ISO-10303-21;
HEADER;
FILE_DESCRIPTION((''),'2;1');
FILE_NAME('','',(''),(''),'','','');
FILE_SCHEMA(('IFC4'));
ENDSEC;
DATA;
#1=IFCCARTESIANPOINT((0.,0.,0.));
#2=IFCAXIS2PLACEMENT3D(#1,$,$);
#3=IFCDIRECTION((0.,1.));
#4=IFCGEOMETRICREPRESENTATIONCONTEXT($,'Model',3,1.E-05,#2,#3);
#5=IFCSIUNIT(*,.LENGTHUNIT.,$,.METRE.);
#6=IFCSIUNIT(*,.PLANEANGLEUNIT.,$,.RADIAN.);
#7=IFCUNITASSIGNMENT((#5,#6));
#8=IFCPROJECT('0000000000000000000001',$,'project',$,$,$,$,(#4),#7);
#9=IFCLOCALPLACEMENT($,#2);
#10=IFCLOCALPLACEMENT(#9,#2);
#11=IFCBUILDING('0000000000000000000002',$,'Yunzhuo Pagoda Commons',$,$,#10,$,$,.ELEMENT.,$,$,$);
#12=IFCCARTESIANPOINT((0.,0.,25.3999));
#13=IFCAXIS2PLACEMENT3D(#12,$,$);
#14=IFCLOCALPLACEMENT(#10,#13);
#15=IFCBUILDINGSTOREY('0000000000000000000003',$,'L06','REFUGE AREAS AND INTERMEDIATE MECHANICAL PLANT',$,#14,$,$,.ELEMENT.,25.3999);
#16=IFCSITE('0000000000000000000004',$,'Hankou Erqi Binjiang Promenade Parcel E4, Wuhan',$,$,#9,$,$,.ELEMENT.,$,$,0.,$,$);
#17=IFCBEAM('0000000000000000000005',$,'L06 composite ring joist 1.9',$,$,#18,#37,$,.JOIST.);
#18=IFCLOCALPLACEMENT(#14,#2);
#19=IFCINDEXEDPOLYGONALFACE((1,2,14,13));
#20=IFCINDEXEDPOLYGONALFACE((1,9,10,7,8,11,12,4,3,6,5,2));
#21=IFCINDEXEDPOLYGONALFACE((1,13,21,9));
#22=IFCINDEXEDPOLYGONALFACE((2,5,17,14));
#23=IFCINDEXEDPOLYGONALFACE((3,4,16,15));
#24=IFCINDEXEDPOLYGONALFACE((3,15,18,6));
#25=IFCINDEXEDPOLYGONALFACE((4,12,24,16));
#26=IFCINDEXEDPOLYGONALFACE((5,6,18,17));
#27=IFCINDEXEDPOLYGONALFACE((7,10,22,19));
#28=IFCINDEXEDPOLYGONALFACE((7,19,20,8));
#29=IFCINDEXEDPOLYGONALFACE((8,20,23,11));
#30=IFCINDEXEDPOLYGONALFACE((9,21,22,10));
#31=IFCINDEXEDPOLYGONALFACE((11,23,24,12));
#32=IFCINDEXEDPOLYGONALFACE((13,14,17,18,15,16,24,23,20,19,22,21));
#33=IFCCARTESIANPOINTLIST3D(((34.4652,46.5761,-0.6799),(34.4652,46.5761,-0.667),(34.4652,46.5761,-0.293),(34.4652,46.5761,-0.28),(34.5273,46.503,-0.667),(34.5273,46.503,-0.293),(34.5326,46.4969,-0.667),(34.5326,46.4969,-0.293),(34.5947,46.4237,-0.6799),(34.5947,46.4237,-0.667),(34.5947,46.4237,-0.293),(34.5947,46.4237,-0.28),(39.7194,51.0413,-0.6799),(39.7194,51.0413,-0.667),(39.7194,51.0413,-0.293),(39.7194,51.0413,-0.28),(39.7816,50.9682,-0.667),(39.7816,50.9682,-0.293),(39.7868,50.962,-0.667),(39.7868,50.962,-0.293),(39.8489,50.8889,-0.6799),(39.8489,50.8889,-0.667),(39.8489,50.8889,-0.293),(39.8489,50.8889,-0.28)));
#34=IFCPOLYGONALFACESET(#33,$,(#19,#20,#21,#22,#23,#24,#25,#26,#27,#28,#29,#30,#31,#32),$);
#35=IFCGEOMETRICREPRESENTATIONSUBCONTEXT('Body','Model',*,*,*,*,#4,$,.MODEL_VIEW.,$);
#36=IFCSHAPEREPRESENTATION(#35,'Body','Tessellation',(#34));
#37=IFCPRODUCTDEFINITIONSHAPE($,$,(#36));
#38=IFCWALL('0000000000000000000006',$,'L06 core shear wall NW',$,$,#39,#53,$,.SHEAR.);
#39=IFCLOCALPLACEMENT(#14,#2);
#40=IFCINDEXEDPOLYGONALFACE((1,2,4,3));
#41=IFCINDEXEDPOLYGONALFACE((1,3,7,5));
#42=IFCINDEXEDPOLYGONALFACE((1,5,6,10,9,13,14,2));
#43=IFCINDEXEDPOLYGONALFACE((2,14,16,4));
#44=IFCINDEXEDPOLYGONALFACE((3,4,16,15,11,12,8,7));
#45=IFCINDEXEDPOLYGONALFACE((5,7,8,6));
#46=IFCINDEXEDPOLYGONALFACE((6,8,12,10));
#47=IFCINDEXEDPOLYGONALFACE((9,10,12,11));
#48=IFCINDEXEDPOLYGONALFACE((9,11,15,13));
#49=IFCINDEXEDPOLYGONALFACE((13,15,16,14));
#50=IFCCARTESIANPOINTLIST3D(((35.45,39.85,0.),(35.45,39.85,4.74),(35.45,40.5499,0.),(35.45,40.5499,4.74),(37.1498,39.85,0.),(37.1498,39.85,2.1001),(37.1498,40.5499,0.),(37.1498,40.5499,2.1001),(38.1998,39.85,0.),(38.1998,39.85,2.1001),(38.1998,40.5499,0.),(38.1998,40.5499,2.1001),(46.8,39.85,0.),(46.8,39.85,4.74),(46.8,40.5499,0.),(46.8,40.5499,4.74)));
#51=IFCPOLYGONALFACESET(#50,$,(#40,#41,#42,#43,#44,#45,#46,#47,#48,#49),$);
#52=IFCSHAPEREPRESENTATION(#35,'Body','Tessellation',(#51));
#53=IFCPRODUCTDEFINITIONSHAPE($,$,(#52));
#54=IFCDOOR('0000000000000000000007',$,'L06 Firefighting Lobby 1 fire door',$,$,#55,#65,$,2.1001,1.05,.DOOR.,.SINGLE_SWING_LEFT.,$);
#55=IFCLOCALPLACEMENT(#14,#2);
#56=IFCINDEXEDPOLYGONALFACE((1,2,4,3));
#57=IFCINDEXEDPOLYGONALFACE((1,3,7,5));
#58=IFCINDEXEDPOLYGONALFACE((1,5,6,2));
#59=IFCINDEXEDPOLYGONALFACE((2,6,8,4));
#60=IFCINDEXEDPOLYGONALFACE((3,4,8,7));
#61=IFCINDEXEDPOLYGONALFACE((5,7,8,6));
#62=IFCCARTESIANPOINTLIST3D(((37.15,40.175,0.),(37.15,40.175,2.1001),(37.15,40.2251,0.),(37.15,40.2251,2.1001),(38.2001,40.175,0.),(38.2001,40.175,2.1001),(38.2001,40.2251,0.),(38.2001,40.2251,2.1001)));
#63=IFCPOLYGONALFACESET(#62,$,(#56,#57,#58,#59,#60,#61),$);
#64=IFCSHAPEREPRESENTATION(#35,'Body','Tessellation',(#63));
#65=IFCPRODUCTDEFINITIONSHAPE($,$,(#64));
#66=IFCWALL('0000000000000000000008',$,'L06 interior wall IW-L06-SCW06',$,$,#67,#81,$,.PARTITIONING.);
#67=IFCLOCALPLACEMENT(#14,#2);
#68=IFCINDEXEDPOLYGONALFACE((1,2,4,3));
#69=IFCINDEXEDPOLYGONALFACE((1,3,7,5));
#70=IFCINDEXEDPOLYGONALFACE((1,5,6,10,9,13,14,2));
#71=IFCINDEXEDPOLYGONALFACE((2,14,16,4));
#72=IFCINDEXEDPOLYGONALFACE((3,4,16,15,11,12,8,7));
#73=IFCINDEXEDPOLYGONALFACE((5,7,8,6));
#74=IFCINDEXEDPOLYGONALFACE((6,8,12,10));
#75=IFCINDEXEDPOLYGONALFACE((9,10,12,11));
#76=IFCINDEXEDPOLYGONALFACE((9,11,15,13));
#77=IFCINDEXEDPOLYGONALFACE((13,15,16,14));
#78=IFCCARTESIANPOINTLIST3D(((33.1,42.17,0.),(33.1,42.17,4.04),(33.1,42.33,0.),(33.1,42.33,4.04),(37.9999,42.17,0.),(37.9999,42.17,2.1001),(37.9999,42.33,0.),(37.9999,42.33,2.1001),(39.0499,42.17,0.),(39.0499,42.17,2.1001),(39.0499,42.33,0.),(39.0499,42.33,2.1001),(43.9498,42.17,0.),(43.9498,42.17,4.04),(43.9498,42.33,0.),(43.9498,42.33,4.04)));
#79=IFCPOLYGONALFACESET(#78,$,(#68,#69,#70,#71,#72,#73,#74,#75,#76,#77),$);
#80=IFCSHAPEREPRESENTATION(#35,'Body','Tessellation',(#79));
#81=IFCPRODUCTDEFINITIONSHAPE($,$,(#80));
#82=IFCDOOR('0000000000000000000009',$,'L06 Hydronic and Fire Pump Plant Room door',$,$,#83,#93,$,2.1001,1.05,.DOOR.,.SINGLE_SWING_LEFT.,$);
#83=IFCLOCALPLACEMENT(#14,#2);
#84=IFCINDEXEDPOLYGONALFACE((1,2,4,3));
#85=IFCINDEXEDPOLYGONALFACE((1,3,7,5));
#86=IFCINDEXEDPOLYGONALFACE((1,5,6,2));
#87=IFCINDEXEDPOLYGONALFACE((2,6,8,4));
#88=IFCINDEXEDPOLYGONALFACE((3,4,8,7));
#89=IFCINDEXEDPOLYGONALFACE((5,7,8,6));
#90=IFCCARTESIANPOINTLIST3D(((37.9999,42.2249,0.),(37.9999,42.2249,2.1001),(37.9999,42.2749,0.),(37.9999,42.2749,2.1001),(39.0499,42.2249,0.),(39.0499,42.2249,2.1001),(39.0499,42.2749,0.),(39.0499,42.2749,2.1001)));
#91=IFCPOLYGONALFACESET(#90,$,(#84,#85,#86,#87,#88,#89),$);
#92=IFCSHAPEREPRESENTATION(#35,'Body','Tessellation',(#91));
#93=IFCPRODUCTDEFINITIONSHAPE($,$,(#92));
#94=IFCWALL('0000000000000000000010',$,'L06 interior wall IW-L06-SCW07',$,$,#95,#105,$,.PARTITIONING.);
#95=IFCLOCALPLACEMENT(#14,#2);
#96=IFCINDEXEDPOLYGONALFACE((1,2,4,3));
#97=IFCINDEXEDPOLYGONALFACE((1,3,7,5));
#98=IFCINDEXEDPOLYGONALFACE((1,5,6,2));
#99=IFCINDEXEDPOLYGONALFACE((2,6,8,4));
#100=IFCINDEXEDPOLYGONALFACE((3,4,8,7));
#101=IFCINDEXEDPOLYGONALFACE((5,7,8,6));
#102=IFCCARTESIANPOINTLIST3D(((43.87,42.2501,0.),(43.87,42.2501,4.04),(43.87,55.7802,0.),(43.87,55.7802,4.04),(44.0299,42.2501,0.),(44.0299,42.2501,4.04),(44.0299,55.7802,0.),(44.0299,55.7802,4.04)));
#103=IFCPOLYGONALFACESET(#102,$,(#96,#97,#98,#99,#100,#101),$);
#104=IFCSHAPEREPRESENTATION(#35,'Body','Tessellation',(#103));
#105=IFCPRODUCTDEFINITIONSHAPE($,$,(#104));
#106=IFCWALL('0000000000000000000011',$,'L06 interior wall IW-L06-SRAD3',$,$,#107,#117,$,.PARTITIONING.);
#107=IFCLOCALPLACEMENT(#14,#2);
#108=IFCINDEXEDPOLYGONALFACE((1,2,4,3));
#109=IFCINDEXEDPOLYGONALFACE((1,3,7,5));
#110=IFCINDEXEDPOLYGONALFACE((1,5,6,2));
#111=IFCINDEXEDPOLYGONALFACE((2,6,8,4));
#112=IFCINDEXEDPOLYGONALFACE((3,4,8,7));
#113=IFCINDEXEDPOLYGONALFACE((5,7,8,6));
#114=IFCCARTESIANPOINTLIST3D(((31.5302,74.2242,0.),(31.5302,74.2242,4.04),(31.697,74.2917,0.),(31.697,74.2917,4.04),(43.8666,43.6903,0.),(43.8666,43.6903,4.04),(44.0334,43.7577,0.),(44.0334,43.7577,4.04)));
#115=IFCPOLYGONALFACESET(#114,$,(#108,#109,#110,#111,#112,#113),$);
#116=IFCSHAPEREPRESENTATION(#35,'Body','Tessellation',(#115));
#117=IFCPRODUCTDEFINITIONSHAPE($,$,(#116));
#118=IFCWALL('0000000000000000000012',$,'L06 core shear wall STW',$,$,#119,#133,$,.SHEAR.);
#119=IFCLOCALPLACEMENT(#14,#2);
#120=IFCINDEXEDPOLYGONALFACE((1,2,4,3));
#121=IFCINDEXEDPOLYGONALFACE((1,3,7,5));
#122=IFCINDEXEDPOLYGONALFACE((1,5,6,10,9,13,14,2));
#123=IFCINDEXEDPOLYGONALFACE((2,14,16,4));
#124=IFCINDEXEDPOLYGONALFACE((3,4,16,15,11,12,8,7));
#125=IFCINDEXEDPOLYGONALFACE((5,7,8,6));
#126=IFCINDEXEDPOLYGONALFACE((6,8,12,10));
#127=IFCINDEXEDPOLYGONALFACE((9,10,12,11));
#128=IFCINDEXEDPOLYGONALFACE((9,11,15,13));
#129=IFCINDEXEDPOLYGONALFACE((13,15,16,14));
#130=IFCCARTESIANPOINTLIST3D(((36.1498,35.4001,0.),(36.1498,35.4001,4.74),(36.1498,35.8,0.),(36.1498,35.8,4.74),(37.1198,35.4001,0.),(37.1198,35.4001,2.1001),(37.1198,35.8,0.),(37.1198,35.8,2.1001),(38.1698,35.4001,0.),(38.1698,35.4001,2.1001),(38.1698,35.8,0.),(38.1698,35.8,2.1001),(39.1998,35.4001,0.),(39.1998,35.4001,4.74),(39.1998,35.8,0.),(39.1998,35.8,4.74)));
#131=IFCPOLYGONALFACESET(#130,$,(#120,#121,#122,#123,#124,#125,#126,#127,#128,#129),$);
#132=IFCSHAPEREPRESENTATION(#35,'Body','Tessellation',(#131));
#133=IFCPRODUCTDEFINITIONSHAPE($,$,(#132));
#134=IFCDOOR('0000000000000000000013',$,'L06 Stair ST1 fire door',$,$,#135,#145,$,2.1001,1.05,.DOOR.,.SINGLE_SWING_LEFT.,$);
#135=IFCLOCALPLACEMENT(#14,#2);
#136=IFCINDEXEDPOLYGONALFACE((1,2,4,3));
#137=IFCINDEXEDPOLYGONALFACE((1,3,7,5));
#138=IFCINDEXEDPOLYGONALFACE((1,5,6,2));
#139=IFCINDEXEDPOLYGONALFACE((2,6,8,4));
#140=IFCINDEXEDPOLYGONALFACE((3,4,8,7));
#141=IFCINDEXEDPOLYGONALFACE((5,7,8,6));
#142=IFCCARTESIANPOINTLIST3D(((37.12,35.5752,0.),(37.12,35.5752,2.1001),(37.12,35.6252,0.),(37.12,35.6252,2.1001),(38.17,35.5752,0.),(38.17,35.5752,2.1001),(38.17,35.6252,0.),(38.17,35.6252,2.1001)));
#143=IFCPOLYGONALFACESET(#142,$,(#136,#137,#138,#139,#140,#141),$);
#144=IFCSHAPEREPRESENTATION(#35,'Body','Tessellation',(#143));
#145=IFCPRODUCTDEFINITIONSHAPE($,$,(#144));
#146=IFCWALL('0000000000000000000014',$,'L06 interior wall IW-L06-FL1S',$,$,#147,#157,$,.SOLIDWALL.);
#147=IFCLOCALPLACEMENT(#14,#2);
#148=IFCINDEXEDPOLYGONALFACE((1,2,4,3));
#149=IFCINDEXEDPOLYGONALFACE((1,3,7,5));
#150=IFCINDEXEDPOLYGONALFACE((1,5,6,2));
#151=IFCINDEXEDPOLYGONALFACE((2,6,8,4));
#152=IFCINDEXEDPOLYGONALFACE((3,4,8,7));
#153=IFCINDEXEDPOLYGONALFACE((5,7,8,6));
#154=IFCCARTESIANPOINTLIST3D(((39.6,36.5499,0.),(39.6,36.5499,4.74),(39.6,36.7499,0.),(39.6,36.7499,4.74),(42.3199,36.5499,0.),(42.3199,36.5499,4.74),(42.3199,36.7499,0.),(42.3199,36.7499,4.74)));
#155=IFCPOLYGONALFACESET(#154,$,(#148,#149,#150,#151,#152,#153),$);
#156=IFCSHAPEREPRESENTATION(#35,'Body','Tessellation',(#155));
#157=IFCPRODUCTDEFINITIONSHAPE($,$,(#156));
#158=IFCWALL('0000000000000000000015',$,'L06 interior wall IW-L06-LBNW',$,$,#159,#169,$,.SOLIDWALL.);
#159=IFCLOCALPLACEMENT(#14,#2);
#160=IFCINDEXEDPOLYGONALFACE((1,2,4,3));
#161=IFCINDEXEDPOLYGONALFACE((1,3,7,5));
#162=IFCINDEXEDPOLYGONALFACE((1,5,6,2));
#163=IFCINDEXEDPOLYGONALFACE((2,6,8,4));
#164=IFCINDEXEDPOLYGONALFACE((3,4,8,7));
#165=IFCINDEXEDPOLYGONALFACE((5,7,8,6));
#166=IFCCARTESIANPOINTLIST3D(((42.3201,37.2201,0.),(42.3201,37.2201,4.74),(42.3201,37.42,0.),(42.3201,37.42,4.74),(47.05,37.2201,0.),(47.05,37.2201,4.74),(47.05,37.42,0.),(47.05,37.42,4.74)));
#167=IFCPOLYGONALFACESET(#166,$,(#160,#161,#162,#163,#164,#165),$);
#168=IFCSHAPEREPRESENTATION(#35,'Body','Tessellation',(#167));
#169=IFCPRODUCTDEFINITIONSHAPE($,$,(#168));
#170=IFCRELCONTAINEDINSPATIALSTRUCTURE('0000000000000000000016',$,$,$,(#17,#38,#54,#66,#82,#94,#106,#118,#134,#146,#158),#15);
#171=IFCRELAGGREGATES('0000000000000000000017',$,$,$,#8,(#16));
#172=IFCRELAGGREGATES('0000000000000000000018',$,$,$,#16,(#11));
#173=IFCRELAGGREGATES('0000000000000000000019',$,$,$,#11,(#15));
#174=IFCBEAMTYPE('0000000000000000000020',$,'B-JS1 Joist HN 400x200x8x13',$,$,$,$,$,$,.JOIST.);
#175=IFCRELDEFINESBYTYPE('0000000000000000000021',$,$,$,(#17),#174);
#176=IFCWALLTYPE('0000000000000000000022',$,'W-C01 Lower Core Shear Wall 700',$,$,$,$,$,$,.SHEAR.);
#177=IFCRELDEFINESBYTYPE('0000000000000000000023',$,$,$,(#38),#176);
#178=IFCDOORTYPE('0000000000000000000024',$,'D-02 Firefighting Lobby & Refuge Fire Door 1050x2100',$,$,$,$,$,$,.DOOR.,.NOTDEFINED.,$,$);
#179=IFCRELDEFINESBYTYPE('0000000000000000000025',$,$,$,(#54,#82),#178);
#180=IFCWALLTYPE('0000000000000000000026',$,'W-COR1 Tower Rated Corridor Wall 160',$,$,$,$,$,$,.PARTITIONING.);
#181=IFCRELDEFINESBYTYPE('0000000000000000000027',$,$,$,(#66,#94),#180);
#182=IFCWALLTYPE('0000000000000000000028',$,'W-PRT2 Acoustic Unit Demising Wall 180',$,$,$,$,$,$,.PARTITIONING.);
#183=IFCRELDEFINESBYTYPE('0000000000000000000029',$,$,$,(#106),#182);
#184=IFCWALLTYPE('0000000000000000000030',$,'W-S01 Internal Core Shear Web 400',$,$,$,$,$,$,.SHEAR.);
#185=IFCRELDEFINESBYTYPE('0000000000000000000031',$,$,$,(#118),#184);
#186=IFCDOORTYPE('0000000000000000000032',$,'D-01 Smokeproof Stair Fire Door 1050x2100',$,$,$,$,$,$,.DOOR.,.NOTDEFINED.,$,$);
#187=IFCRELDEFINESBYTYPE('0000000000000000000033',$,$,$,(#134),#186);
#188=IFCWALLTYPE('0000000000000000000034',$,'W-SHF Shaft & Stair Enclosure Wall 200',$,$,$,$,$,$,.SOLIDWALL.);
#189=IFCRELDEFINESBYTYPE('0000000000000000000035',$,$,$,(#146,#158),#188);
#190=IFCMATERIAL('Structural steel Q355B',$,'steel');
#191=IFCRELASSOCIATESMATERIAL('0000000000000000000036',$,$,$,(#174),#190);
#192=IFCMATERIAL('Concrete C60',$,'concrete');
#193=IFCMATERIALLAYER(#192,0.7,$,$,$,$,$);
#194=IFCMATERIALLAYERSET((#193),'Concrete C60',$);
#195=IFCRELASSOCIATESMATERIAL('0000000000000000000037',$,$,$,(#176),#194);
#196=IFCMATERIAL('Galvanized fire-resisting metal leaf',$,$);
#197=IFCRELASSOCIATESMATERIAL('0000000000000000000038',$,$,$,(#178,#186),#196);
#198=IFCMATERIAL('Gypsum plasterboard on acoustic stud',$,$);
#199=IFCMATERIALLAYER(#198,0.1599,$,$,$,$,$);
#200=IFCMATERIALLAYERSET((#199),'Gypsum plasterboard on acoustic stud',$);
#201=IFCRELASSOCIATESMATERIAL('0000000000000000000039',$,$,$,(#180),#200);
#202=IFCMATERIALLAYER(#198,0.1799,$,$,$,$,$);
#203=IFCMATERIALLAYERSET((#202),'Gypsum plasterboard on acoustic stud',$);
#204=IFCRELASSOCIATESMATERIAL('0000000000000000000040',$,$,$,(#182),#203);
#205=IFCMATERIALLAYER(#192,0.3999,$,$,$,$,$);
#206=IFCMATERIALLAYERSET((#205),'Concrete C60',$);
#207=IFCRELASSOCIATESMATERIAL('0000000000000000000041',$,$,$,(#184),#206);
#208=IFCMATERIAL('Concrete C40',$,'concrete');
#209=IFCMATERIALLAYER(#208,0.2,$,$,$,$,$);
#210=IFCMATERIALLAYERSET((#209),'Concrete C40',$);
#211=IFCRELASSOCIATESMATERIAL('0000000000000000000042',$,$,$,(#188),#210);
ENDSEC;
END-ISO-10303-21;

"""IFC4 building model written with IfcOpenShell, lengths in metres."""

from ifc_helpers import new_model, si_unit, direction, frame, frame_2d, origin, origin_with_axes, origin_2d, place, context, subcontext, project, spatial, rectangle, i_section, extrude, source, transform, mapped, material, layer, layer_set, material_profile, profile_set, type_object, element, fill, save


model = new_model("IFC4")

# Units and contexts
model_context = context("Model", 3, precision=1e-05, world=origin(), true_north=direction((0.0, 1.0)))
body_context = subcontext(model_context, "Body", "Model", "MODEL_VIEW")
ifc_project = project(units=[si_unit("LENGTHUNIT", "METRE"), si_unit("PLANEANGLEUNIT", "RADIAN")], contexts=[model_context])

# Site, building, storey
site_placement = place(None, origin())
site = spatial("IfcSite", under=ifc_project, at=site_placement, Name="Hankou Erqi Binjiang Promenade Parcel E4, Wuhan", CompositionType="ELEMENT", RefElevation=0.0)
building_placement = place(site_placement, origin())
building = spatial("IfcBuilding", under=site, at=building_placement, Name="Yunzhuo Pagoda Commons", CompositionType="ELEMENT")
storey_placement = place(building_placement, frame((0.0, 0.0, 25.3999)))
storey = spatial("IfcBuildingStorey", under=building, at=storey_placement, Name="L06", Description="REFUGE AREAS AND INTERMEDIATE MECHANICAL PLANT", CompositionType="ELEMENT", Elevation=25.3999)

# Beam
ifc_material_1 = material(Name="Structural steel Q355B", Category="steel")
ifc_material_profile_1 = material_profile(ifc_material_1, i_section(OverallWidth=0.2, OverallDepth=0.3999, WebThickness=0.0081, FlangeThickness=0.0129, at=origin_2d()), Name="Structural steel Q355B")
ifc_profile_set_1 = profile_set([ifc_material_profile_1], Name="Structural steel Q355B")
beam_type_1 = type_object("IfcBeamType", Name="B-JS1 Joist HN 400x200x8x13", PredefinedType="JOIST", material=ifc_profile_set_1)
shared_shape_1 = source(origin(), body_context, "Body", "SweptSolid", [
    extrude(i_section(OverallWidth=0.2, OverallDepth=0.3999, WebThickness=0.0081, FlangeThickness=0.0129, at=origin_2d()), origin(), (0.0, 0.0, 1.0), 6.8953),
])
beam_1_placement = place(storey_placement, frame((39.7842, 50.9651, -0.48), z_axis=(-0.762007, -0.647569, 0.0), x_axis=(0.647569, -0.762007, 0.0)))
element("IfcBeam", 1, at=beam_1_placement, inside=storey, type_object=beam_type_1, Name="L06 composite ring joist 1.9", PredefinedType="JOIST", context=body_context, shape_type="MappedRepresentation", body=[
    mapped(shared_shape_1, transform((0.0, 0.0, 0.0), scale=1.0)),
])

# Walls, openings, doors
ifc_material_2 = material(Name="Concrete C60", Category="concrete")
ifc_layer_1 = layer(ifc_material_2, 0.7)
ifc_layer_set_1 = layer_set([ifc_layer_1], Name="Concrete C60")
wall_type_1 = type_object("IfcWallType", Name="W-C01 Lower Core Shear Wall 700", PredefinedType="SHEAR", material=ifc_layer_set_1)
wall_1_placement = place(storey_placement, frame((35.45, 40.2, 0.0), z_axis=(0.0, 0.0, 1.0), x_axis=(1.0, 0.0, 0.0)))
wall_1 = element("IfcWall", 2, at=wall_1_placement, inside=storey, type_object=wall_type_1, Name="L06 core shear wall NW", PredefinedType="SHEAR", context=body_context, shape_type="SweptSolid", body=[
    extrude(rectangle(XDim=11.3501, YDim=0.7, at=frame_2d((5.675, 0.0))), origin(), (0.0, 0.0, 1.0), 4.74),
])
opening_1_placement = place(wall_1_placement, frame((1.7, 0.0, 0.0)))
opening_1 = element("IfcOpeningElement", 3, at=opening_1_placement, cuts=wall_1, PredefinedType="OPENING", context=body_context, shape_type="SweptSolid", body=[
    extrude(rectangle(XDim=1.05, YDim=2.1001, at=frame_2d((0.5249, 1.05))), frame((0.0, 0.3599, 0.0), z_axis=(0.0, -1.0, 0.0), x_axis=(1.0, 0.0, 0.0)), (0.0, 0.0, 1.0), 0.72),
])
ifc_material_3 = material(Name="Galvanized fire-resisting metal leaf")
door_type_1 = type_object("IfcDoorType", Name="D-02 Firefighting Lobby & Refuge Fire Door 1050x2100", OperationType="NOTDEFINED", PredefinedType="DOOR", material=ifc_material_3)
shared_shape_2 = source(origin(), body_context, "Body", "SweptSolid", [
    extrude(rectangle(XDim=1.05, YDim=2.1001, at=frame_2d((0.5249, 1.05))), frame((0.0, 0.0249, 0.0), z_axis=(0.0, -1.0, 0.0), x_axis=(1.0, 0.0, 0.0)), (0.0, 0.0, 1.0), 0.05),
])
door_1_placement = place(opening_1_placement, frame((1.05, 0.0, 0.0), z_axis=(0.0, 0.0, 1.0), x_axis=(-1.0, 0.0, 0.0)))
door_1 = element("IfcDoor", 4, at=door_1_placement, inside=storey, type_object=door_type_1, Name="L06 Firefighting Lobby 1 fire door", OperationType="SINGLE_SWING_LEFT", OverallHeight=2.1001, OverallWidth=1.05, PredefinedType="DOOR", context=body_context, shape_type="MappedRepresentation", body=[
    mapped(shared_shape_2, transform((0.0, 0.0, 0.0), scale=1.0)),
])
fill(opening_1, door_1)
ifc_material_4 = material(Name="Gypsum plasterboard on acoustic stud")
ifc_layer_2 = layer(ifc_material_4, 0.1599)
ifc_layer_set_2 = layer_set([ifc_layer_2], Name="Gypsum plasterboard on acoustic stud")
wall_type_2 = type_object("IfcWallType", Name="W-COR1 Tower Rated Corridor Wall 160", PredefinedType="PARTITIONING", material=ifc_layer_set_2)
wall_2_placement = place(storey_placement, frame((33.1001, 42.25, 0.0), z_axis=(0.0, 0.0, 1.0), x_axis=(1.0, 0.0, 0.0)))
wall_2 = element("IfcWall", 5, at=wall_2_placement, inside=storey, type_object=wall_type_2, Name="L06 interior wall IW-L06-SCW06", PredefinedType="PARTITIONING", context=body_context, shape_type="SweptSolid", body=[
    extrude(rectangle(XDim=10.8499, YDim=0.1599, at=frame_2d((5.4248, 0.0))), origin(), (0.0, 0.0, 1.0), 4.04),
])
opening_2_placement = place(wall_2_placement, frame((4.8999, 0.0, 0.0)))
opening_2 = element("IfcOpeningElement", 6, at=opening_2_placement, cuts=wall_2, PredefinedType="OPENING", context=body_context, shape_type="SweptSolid", body=[
    extrude(rectangle(XDim=1.05, YDim=2.1001, at=frame_2d((0.5249, 1.05))), frame((0.0, 0.0898, 0.0), z_axis=(0.0, -1.0, 0.0), x_axis=(1.0, 0.0, 0.0)), (0.0, 0.0, 1.0), 0.1799),
])
door_2_placement = place(opening_2_placement, origin_with_axes())
door_2 = element("IfcDoor", 7, at=door_2_placement, inside=storey, type_object=door_type_1, Name="L06 Hydronic and Fire Pump Plant Room door", OperationType="SINGLE_SWING_LEFT", OverallHeight=2.1001, OverallWidth=1.05, PredefinedType="DOOR", context=body_context, shape_type="MappedRepresentation", body=[
    mapped(shared_shape_2, transform((0.0, 0.0, 0.0), scale=1.0)),
])
fill(opening_2, door_2)

# Walls
wall_3_placement = place(storey_placement, frame((43.95, 42.25, 0.0), z_axis=(0.0, 0.0, 1.0), x_axis=(0.0, 1.0, 0.0)))
element("IfcWall", 8, at=wall_3_placement, inside=storey, type_object=wall_type_2, Name="L06 interior wall IW-L06-SCW07", PredefinedType="PARTITIONING", context=body_context, shape_type="SweptSolid", body=[
    extrude(rectangle(XDim=13.53, YDim=0.1599, at=frame_2d((6.7651, 0.0))), origin(), (0.0, 0.0, 1.0), 4.04),
])
ifc_layer_3 = layer(ifc_material_4, 0.1799)
ifc_layer_set_3 = layer_set([ifc_layer_3], Name="Gypsum plasterboard on acoustic stud")
wall_type_3 = type_object("IfcWallType", Name="W-PRT2 Acoustic Unit Demising Wall 180", PredefinedType="PARTITIONING", material=ifc_layer_set_3)
wall_4_placement = place(storey_placement, frame((43.95, 43.7241, 0.0), z_axis=(0.0, 0.0, 1.0), x_axis=(-0.374604, 0.927185, 0.0)))
element("IfcWall", 9, at=wall_4_placement, inside=storey, type_object=wall_type_3, Name="L06 interior wall IW-L06-SRAD3", PredefinedType="PARTITIONING", context=body_context, shape_type="SweptSolid", body=[
    extrude(rectangle(XDim=32.9319, YDim=0.1799, at=frame_2d((16.4658, 0.0))), origin(), (0.0, 0.0, 1.0), 4.04),
])

# Wall, opening, door
ifc_layer_4 = layer(ifc_material_2, 0.3999)
ifc_layer_set_4 = layer_set([ifc_layer_4], Name="Concrete C60")
wall_type_4 = type_object("IfcWallType", Name="W-S01 Internal Core Shear Web 400", PredefinedType="SHEAR", material=ifc_layer_set_4)
wall_5_placement = place(storey_placement, frame((36.1499, 35.6001, 0.0), z_axis=(0.0, 0.0, 1.0), x_axis=(1.0, 0.0, 0.0)))
wall_5 = element("IfcWall", 10, at=wall_5_placement, inside=storey, type_object=wall_type_4, Name="L06 core shear wall STW", PredefinedType="SHEAR", context=body_context, shape_type="SweptSolid", body=[
    extrude(rectangle(XDim=3.05, YDim=0.3999, at=frame_2d((1.5249, 0.0))), origin(), (0.0, 0.0, 1.0), 4.74),
])
opening_3_placement = place(wall_5_placement, frame((0.97, 0.0, 0.0)))
opening_3 = element("IfcOpeningElement", 11, at=opening_3_placement, cuts=wall_5, PredefinedType="OPENING", context=body_context, shape_type="SweptSolid", body=[
    extrude(rectangle(XDim=1.05, YDim=2.1001, at=frame_2d((0.5249, 1.05))), frame((0.0, 0.21, 0.0), z_axis=(0.0, -1.0, 0.0), x_axis=(1.0, 0.0, 0.0)), (0.0, 0.0, 1.0), 0.4199),
])
door_type_2 = type_object("IfcDoorType", Name="D-01 Smokeproof Stair Fire Door 1050x2100", OperationType="NOTDEFINED", PredefinedType="DOOR", material=ifc_material_3)
door_3_placement = place(opening_3_placement, frame((1.05, 0.0, 0.0), z_axis=(0.0, 0.0, 1.0), x_axis=(-1.0, 0.0, 0.0)))
door_3 = element("IfcDoor", 12, at=door_3_placement, inside=storey, type_object=door_type_2, Name="L06 Stair ST1 fire door", OperationType="SINGLE_SWING_LEFT", OverallHeight=2.1001, OverallWidth=1.05, PredefinedType="DOOR", context=body_context, shape_type="MappedRepresentation", body=[
    mapped(shared_shape_2, transform((0.0, 0.0, 0.0), scale=1.0)),
])
fill(opening_3, door_3)

# Walls
ifc_material_5 = material(Name="Concrete C40", Category="concrete")
ifc_layer_5 = layer(ifc_material_5, 0.2)
ifc_layer_set_5 = layer_set([ifc_layer_5], Name="Concrete C40")
wall_type_5 = type_object("IfcWallType", Name="W-SHF Shaft & Stair Enclosure Wall 200", PredefinedType="SOLIDWALL", material=ifc_layer_set_5)
wall_6_placement = place(storey_placement, frame((39.6001, 36.6499, 0.0), z_axis=(0.0, 0.0, 1.0), x_axis=(1.0, 0.0, 0.0)))
element("IfcWall", 13, at=wall_6_placement, inside=storey, type_object=wall_type_5, Name="L06 interior wall IW-L06-FL1S", PredefinedType="SOLIDWALL", context=body_context, shape_type="SweptSolid", body=[
    extrude(rectangle(XDim=2.72, YDim=0.2, at=frame_2d((1.3599, 0.0))), origin(), (0.0, 0.0, 1.0), 4.74),
])
wall_7_placement = place(storey_placement, frame((42.3201, 37.3201, 0.0), z_axis=(0.0, 0.0, 1.0), x_axis=(1.0, 0.0, 0.0)))
element("IfcWall", 14, at=wall_7_placement, inside=storey, type_object=wall_type_5, Name="L06 interior wall IW-L06-LBNW", PredefinedType="SOLIDWALL", context=body_context, shape_type="SweptSolid", body=[
    extrude(rectangle(XDim=4.73, YDim=0.2, at=frame_2d((2.365, 0.0))), origin(), (0.0, 0.0, 1.0), 4.74),
])

save(model, "model.ifc")
